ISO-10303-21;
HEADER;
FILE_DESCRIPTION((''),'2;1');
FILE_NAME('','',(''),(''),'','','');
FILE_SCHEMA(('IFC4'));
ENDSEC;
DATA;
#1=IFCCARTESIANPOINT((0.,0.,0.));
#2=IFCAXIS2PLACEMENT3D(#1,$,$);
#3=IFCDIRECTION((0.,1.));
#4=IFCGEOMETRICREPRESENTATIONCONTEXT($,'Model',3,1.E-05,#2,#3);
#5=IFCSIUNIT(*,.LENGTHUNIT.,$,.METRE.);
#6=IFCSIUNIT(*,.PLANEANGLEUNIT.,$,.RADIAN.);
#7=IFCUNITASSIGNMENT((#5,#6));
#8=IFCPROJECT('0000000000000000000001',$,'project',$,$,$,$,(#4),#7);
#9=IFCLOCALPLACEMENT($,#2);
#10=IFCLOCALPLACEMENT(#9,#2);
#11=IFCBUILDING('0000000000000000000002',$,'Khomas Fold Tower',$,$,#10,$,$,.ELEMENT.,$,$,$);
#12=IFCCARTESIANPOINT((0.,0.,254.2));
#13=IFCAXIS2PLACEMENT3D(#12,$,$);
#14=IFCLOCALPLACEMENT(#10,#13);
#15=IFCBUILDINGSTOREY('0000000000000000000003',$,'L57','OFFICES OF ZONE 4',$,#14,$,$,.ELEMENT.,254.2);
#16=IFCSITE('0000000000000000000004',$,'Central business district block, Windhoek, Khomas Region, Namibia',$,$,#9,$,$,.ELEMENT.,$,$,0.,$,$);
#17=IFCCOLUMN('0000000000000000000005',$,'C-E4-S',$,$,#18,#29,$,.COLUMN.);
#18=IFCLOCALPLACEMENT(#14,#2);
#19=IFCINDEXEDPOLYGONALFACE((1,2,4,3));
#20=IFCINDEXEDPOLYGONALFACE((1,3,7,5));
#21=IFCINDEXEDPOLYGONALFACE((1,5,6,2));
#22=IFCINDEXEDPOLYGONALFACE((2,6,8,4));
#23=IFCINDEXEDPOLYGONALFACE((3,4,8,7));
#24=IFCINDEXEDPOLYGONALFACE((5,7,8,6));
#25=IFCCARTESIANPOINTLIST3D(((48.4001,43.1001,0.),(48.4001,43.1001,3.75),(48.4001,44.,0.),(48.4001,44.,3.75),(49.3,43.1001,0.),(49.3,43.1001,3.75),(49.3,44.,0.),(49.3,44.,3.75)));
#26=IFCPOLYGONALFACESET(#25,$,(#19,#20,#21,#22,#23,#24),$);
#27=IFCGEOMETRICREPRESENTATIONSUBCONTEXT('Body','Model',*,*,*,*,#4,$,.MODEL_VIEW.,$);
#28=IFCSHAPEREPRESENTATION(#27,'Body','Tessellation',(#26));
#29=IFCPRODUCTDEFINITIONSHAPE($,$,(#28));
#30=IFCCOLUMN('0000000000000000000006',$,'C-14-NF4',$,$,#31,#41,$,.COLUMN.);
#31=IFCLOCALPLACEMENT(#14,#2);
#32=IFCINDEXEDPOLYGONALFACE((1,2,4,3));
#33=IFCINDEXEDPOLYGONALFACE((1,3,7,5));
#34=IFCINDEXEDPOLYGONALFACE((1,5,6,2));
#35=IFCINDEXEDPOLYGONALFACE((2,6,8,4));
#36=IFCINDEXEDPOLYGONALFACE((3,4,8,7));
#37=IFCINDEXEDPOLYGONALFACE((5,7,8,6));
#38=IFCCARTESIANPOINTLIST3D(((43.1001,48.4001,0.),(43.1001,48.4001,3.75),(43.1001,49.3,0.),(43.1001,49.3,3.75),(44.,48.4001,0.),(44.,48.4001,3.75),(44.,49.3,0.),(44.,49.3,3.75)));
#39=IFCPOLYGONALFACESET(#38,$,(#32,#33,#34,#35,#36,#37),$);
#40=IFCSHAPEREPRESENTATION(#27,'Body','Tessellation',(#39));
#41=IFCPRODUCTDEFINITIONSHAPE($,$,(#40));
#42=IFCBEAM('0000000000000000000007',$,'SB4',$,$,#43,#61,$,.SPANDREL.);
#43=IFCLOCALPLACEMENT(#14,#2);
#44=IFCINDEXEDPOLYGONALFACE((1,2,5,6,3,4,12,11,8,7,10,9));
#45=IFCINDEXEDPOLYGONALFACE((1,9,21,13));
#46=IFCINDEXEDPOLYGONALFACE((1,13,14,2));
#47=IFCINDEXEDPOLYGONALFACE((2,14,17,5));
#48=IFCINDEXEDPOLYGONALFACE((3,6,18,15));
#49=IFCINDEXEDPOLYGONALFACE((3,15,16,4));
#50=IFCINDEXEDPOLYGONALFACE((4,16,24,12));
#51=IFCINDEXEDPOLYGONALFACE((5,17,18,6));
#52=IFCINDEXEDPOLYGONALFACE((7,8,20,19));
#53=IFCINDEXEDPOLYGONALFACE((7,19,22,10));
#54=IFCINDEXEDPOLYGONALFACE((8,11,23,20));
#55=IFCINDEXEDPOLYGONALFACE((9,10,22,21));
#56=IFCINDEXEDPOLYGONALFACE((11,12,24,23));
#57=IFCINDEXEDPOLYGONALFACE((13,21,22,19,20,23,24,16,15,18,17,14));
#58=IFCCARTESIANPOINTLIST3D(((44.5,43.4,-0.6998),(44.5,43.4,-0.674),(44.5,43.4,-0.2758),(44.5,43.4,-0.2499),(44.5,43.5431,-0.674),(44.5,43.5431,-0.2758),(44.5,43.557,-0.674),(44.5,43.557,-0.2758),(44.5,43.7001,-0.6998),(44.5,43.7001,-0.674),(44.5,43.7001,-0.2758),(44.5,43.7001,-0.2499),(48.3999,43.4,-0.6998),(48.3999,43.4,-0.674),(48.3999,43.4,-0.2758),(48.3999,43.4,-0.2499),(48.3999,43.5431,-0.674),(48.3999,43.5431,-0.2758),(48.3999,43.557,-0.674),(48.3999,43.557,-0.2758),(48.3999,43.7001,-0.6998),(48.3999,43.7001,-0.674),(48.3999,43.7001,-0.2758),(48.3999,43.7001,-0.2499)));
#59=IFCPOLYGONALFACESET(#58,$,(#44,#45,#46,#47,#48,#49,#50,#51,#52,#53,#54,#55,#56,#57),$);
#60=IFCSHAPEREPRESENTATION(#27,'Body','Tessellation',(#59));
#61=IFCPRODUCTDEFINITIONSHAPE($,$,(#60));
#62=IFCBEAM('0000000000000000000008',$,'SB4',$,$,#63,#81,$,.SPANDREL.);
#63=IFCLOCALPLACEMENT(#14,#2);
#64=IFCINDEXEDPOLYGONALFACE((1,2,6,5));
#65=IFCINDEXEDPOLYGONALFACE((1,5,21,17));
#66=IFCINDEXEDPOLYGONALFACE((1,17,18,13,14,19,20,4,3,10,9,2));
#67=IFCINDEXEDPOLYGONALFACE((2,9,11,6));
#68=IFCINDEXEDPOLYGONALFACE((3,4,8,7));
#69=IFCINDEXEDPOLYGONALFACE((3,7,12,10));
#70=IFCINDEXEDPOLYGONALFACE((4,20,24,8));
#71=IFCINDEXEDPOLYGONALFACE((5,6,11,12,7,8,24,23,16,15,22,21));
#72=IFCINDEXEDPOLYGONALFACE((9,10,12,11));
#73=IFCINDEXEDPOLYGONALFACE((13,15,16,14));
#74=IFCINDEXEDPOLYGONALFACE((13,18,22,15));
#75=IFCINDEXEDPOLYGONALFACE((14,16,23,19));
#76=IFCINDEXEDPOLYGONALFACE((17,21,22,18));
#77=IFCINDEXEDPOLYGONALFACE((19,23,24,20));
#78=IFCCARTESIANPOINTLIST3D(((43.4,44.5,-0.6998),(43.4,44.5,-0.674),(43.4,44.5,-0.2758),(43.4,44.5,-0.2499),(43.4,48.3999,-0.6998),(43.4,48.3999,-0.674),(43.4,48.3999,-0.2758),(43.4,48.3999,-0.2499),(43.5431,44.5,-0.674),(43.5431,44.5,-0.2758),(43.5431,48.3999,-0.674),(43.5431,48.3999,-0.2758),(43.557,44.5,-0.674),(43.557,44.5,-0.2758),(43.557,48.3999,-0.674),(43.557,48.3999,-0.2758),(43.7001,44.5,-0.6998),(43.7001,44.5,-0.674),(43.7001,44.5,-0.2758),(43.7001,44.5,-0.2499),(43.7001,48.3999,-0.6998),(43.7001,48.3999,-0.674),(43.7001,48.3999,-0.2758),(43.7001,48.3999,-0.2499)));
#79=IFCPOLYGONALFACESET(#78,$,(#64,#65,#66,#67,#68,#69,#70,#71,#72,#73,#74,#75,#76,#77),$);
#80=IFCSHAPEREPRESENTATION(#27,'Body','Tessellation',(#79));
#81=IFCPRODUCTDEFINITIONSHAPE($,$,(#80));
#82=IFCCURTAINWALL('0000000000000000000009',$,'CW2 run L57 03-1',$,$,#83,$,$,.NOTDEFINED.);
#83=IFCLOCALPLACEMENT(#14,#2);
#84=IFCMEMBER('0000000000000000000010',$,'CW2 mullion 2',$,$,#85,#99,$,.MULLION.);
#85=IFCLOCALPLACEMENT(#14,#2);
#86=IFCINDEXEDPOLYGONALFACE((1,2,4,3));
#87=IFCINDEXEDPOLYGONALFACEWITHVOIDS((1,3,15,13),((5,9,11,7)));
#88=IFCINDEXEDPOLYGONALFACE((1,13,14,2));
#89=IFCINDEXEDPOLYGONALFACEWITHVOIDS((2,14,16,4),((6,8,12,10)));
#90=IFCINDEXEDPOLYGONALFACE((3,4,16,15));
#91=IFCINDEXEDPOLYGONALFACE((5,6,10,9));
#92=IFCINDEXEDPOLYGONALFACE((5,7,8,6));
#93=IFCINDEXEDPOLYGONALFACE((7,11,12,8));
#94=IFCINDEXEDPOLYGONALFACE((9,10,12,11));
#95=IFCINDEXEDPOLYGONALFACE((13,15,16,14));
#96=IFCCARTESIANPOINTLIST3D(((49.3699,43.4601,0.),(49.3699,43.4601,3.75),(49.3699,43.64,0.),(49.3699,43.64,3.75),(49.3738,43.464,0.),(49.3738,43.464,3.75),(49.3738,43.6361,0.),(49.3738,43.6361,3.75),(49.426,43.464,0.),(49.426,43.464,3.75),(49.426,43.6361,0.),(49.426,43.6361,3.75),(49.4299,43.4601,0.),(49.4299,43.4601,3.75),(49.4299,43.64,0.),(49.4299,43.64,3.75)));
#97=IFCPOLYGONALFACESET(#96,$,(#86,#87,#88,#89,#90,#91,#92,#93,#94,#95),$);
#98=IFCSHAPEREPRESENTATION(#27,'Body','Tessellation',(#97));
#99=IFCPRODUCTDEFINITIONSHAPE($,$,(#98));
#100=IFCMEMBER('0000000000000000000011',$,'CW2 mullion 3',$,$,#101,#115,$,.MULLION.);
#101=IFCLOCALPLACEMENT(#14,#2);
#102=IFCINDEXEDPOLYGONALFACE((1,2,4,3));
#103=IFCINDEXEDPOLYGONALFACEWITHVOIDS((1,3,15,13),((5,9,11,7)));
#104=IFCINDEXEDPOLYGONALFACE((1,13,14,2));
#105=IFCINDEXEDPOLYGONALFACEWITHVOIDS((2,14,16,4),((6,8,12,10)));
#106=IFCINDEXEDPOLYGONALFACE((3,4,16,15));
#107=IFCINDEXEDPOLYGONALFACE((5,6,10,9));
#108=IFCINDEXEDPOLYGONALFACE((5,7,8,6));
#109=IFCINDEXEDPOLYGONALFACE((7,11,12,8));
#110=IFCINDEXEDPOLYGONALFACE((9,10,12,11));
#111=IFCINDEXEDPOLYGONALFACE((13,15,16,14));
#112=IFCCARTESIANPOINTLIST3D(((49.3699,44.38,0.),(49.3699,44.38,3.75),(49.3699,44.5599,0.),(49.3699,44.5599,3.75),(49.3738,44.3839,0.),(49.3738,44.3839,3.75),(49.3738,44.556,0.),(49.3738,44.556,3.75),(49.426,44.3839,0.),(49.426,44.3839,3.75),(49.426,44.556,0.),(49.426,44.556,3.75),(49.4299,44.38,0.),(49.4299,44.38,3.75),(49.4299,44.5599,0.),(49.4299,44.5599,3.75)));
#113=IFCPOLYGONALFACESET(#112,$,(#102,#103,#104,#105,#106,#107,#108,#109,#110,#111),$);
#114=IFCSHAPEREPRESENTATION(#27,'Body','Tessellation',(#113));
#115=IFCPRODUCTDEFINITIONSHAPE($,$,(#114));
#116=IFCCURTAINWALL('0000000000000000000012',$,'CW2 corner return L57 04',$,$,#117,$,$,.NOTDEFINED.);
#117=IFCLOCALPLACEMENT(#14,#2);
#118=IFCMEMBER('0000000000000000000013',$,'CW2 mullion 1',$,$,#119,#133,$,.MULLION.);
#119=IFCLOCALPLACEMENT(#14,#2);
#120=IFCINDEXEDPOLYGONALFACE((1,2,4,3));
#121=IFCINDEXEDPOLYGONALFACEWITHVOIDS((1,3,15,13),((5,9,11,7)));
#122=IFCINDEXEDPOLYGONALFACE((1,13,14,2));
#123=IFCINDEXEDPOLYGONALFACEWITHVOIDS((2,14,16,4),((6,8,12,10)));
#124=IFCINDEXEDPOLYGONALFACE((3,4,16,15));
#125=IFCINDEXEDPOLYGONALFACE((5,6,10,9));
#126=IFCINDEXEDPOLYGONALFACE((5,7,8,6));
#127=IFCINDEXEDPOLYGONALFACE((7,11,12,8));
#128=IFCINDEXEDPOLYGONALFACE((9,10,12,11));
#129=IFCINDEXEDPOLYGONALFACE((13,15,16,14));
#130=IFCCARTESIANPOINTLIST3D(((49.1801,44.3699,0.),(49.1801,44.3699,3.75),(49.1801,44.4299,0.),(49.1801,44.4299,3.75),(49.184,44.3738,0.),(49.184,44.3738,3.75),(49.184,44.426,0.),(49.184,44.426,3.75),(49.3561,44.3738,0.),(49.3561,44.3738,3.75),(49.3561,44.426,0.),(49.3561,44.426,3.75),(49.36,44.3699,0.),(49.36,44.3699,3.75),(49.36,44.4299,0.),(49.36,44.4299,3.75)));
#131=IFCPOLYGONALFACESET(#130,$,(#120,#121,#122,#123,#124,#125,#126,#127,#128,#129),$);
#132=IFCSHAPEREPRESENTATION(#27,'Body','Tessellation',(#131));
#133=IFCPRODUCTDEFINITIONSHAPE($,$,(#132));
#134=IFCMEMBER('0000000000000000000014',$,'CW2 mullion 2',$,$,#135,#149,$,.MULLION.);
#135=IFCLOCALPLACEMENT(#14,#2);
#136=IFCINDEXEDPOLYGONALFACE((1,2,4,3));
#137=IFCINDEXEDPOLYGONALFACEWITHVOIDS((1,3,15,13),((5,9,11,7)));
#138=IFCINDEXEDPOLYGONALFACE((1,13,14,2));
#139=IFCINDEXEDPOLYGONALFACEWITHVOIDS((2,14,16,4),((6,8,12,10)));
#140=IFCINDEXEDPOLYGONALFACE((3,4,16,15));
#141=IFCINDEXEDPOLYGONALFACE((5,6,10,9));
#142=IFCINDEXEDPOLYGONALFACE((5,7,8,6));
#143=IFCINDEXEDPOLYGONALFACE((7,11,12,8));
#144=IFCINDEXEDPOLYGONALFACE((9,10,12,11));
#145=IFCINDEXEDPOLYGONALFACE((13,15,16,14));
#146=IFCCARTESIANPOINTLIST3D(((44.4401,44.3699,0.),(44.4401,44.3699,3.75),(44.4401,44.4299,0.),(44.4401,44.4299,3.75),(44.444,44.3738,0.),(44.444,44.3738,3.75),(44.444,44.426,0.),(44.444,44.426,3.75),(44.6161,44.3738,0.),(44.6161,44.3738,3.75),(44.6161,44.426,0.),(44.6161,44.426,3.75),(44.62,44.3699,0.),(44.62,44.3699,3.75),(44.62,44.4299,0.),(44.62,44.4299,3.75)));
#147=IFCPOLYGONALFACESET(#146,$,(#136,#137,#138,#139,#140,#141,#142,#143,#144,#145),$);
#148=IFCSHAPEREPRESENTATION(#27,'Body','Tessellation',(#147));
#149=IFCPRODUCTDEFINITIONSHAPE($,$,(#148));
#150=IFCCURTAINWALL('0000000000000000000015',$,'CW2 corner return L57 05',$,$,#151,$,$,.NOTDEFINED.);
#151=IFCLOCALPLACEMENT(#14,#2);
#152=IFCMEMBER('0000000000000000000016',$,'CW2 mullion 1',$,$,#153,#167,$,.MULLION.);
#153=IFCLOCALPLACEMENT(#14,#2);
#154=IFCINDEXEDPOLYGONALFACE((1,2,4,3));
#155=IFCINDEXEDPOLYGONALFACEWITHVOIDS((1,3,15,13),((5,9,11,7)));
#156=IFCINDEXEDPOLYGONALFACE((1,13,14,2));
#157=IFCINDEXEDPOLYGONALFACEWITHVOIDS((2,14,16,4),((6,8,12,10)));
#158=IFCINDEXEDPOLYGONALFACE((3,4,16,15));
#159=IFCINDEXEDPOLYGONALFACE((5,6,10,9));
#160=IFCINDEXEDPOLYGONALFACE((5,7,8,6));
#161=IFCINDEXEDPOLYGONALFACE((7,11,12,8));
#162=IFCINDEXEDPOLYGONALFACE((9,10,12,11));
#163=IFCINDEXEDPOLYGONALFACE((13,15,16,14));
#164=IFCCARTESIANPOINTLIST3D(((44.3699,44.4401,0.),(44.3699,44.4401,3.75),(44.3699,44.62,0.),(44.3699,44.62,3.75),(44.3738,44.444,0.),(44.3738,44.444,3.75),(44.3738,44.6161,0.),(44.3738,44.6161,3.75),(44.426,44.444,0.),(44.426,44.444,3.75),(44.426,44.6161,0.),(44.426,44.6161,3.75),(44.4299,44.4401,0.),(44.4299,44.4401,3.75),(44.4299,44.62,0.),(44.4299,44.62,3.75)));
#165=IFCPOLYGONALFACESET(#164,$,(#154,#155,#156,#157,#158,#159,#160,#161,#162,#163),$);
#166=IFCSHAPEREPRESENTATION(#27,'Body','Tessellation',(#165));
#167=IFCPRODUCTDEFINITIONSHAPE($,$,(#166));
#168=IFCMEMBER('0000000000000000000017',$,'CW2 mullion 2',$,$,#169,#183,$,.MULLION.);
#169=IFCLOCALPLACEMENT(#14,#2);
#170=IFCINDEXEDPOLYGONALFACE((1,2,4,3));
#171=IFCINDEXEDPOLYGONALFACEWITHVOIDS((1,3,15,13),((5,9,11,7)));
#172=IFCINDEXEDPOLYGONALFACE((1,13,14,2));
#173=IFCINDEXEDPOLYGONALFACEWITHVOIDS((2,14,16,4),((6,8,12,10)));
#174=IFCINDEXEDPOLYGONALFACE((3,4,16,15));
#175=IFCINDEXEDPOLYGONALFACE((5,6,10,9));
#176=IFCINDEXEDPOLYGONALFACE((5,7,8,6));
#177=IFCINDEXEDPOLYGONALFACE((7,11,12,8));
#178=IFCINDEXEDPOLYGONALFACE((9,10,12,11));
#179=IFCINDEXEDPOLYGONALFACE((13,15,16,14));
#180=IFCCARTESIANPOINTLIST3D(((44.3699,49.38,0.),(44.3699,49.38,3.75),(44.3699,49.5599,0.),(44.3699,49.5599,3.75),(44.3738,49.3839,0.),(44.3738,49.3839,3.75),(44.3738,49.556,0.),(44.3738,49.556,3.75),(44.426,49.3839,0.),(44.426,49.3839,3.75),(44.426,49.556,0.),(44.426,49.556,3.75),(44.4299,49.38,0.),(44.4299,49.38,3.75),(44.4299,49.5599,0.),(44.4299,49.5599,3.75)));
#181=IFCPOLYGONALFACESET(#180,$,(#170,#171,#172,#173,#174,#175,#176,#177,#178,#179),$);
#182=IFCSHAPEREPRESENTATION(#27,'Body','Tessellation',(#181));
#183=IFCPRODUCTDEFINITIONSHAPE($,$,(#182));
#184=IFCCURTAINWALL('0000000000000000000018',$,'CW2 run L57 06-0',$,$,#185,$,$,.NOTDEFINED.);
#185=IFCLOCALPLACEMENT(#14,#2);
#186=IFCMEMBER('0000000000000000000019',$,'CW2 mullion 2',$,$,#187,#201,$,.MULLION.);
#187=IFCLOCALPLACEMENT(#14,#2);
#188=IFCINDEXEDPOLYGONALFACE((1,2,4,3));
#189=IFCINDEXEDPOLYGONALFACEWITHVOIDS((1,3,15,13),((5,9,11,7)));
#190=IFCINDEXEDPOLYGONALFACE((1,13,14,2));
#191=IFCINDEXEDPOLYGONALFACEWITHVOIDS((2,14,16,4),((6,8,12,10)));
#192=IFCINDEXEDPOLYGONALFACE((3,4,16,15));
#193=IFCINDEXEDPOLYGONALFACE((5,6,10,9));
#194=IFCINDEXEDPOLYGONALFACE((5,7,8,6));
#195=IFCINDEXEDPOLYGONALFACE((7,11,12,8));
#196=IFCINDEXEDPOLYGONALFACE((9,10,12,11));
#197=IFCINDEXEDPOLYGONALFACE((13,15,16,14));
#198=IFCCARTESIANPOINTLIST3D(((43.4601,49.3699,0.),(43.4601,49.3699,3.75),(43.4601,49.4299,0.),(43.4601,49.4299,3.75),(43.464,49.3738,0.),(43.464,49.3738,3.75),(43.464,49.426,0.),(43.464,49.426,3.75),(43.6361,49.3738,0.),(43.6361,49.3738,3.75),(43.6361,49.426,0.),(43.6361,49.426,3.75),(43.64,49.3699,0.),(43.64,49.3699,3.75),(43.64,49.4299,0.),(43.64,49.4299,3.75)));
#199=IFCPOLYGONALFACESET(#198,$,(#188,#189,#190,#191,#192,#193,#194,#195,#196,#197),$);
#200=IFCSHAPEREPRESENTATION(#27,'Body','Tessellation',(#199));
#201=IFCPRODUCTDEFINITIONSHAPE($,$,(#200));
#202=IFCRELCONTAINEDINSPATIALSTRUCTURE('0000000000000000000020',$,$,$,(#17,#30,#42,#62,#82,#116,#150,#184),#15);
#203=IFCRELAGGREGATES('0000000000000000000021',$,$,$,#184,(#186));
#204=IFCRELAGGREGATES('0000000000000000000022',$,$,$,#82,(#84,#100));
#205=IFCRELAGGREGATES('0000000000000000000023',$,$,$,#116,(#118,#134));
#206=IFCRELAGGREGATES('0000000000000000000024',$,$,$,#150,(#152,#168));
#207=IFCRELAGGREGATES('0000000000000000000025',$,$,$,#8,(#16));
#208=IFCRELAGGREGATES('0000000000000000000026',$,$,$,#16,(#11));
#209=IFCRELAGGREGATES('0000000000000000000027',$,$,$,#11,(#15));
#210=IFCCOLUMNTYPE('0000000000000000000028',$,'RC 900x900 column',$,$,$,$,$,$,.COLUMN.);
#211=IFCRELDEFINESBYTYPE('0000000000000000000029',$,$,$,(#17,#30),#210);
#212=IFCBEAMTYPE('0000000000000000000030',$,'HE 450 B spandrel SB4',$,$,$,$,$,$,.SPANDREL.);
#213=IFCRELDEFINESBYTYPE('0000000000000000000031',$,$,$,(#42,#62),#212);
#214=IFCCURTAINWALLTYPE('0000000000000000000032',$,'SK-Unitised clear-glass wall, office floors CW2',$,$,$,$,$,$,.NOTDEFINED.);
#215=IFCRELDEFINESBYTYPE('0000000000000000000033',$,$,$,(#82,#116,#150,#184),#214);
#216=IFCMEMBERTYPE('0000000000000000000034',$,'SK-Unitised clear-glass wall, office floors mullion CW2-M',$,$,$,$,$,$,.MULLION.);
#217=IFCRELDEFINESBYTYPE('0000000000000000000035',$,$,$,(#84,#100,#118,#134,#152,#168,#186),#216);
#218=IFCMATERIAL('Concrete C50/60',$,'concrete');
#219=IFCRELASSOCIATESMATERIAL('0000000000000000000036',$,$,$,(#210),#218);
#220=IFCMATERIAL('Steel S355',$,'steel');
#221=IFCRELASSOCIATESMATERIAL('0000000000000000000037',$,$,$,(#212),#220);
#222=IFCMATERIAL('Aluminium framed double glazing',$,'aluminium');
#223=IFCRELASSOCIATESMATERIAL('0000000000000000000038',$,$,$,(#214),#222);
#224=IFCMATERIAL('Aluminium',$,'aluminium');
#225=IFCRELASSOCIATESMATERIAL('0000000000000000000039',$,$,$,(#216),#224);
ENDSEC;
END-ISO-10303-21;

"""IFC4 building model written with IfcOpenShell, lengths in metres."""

from ifc_helpers import new_model, si_unit, direction, frame, origin, origin_2d, place, context, subcontext, project, spatial, rectangle, hollow_rectangle, i_section, extrude, source, transform, mapped, material, material_profile, profile_set, type_object, element, aggregate, save


model = new_model("IFC4")

# Units and contexts
model_context = context("Model", 3, precision=1e-05, world=origin(), true_north=direction((0.0, 1.0)))
body_context = subcontext(model_context, "Body", "Model", "MODEL_VIEW")
ifc_project = project(units=[si_unit("LENGTHUNIT", "METRE"), si_unit("PLANEANGLEUNIT", "RADIAN")], contexts=[model_context])

# Site, building, storey
site_placement = place(None, origin())
site = spatial("IfcSite", under=ifc_project, at=site_placement, Name="Central business district block, Windhoek, Khomas Region, Namibia", CompositionType="ELEMENT", RefElevation=0.0)
building_placement = place(site_placement, origin())
building = spatial("IfcBuilding", under=site, at=building_placement, Name="Khomas Fold Tower", CompositionType="ELEMENT")
storey_placement = place(building_placement, frame((0.0, 0.0, 254.2)))
storey = spatial("IfcBuildingStorey", under=building, at=storey_placement, Name="L57", Description="OFFICES OF ZONE 4", CompositionType="ELEMENT", Elevation=254.2)

# Columns
ifc_material_1 = material(Name="Concrete C50/60", Category="concrete")
ifc_material_profile_1 = material_profile(ifc_material_1, rectangle(XDim=0.8999, YDim=0.8999, at=origin_2d()), Name="RC 900x900")
ifc_profile_set_1 = profile_set([ifc_material_profile_1], Name="Concrete C50/60")
column_type = type_object("IfcColumnType", Name="RC 900x900 column", PredefinedType="COLUMN", material=ifc_profile_set_1)
shared_shape_1 = source(origin(), body_context, "Body", "SweptSolid", [
    extrude(rectangle(XDim=0.8999, YDim=0.8999, at=origin_2d()), origin(), (0.0, 0.0, 1.0), 3.75),
])
for number, where, z_axis, x_axis, name in (
    (1, (48.8501, 43.55, 0.0), (0.0, 0.0, 1.0), (1.0, 0.0, 0.0), "C-E4-S"),
    (2, (43.55, 48.8501, 0.0), (0.0, 0.0, 1.0), (1.0, 0.0, 0.0), "C-14-NF4"),
):
    element("IfcColumn", number, at=place(storey_placement, frame(where, z_axis=z_axis, x_axis=x_axis)), inside=storey, type_object=column_type, Name=name, PredefinedType="COLUMN", context=body_context, shape_type="MappedRepresentation", body=[
        mapped(shared_shape_1, transform((0.0, 0.0, 0.0))),
    ])

# Beams
ifc_material_2 = material(Name="Steel S355", Category="steel")
ifc_material_profile_2 = material_profile(ifc_material_2, i_section(OverallWidth=0.3, OverallDepth=0.45, WebThickness=0.0139, FlangeThickness=0.0259, at=origin_2d()), Name="HE 450 B")
ifc_profile_set_2 = profile_set([ifc_material_profile_2], Name="Steel S355")
beam_type = type_object("IfcBeamType", Name="HE 450 B spandrel SB4", PredefinedType="SPANDREL", material=ifc_profile_set_2)
shared_shape_2 = source(origin(), body_context, "Body", "SweptSolid", [
    extrude(i_section(OverallWidth=0.3, OverallDepth=0.45, WebThickness=0.0139, FlangeThickness=0.0259, at=origin_2d()), origin(), (0.0, 0.0, 1.0), 3.8999),
])
for number, where, z_axis, x_axis, name in (
    (3, (44.5, 43.55, -0.4749), (1.0, 0.0, 0.0), (0.0, 1.0, 0.0), "SB4"),
    (4, (43.55, 44.5, -0.4749), (0.0, 1.0, 0.0), (-1.0, 0.0, 0.0), "SB4"),
):
    element("IfcBeam", number, at=place(storey_placement, frame(where, z_axis=z_axis, x_axis=x_axis)), inside=storey, type_object=beam_type, Name=name, PredefinedType="SPANDREL", context=body_context, shape_type="MappedRepresentation", body=[
        mapped(shared_shape_2, transform((0.0, 0.0, 0.0))),
    ])

# Curtain walls, members
ifc_material_3 = material(Name="Aluminium framed double glazing", Category="aluminium")
curtain_wall_type = type_object("IfcCurtainWallType", Name="SK-Unitised clear-glass wall, office floors CW2", PredefinedType="NOTDEFINED", material=ifc_material_3)
curtain_wall_1_placement = place(storey_placement, origin())
curtain_wall_1 = element("IfcCurtainWall", 5, at=curtain_wall_1_placement, inside=storey, type_object=curtain_wall_type, Name="CW2 run L57 03-1", PredefinedType="NOTDEFINED")
ifc_material_4 = material(Name="Aluminium", Category="aluminium")
ifc_material_profile_3 = material_profile(ifc_material_4, hollow_rectangle(XDim=0.0601, YDim=0.1799, WallThickness=0.0039, at=origin_2d()), Name="SK-Unitised clear-glass wall, office floors mullion CW2-M")
ifc_profile_set_3 = profile_set([ifc_material_profile_3], Name="Aluminium")
member_type_1 = type_object("IfcMemberType", Name="SK-Unitised clear-glass wall, office floors mullion CW2-M", PredefinedType="MULLION", material=ifc_profile_set_3)
shared_shape_3 = source(origin(), body_context, "Body", "SweptSolid", [
    extrude(hollow_rectangle(XDim=0.0601, YDim=0.1799, WallThickness=0.0039, at=origin_2d()), origin(), (0.0, 0.0, 1.0), 3.75),
])
member_1_placement = place(storey_placement, frame((49.3999, 43.55, 0.0), z_axis=(0.0, 0.0, 1.0), x_axis=(-1.0, 0.0, 0.0)))
member_1 = element("IfcMember", 6, at=member_1_placement, type_object=member_type_1, Name="CW2 mullion 2", PredefinedType="MULLION", context=body_context, shape_type="MappedRepresentation", body=[
    mapped(shared_shape_3, transform((0.0, 0.0, 0.0))),
])
member_2_placement = place(storey_placement, frame((49.3999, 44.47, 0.0), z_axis=(0.0, 0.0, 1.0), x_axis=(-1.0, 0.0, 0.0)))
member_2 = element("IfcMember", 7, at=member_2_placement, type_object=member_type_1, Name="CW2 mullion 3", PredefinedType="MULLION", context=body_context, shape_type="MappedRepresentation", body=[
    mapped(shared_shape_3, transform((0.0, 0.0, 0.0))),
])
curtain_wall_2_placement = place(storey_placement, origin())
curtain_wall_2 = element("IfcCurtainWall", 8, at=curtain_wall_2_placement, inside=storey, type_object=curtain_wall_type, Name="CW2 corner return L57 04", PredefinedType="NOTDEFINED")
member_3_placement = place(storey_placement, frame((49.27, 44.3999, 0.0), z_axis=(0.0, 0.0, 1.0), x_axis=(0.0, -1.0, 0.0)))
member_3 = element("IfcMember", 9, at=member_3_placement, type_object=member_type_1, Name="CW2 mullion 1", PredefinedType="MULLION", context=body_context, shape_type="MappedRepresentation", body=[
    mapped(shared_shape_3, transform((0.0, 0.0, 0.0))),
])
member_4_placement = place(storey_placement, frame((44.53, 44.3999, 0.0), z_axis=(0.0, 0.0, 1.0), x_axis=(0.0, -1.0, 0.0)))
member_4 = element("IfcMember", 10, at=member_4_placement, type_object=member_type_1, Name="CW2 mullion 2", PredefinedType="MULLION", context=body_context, shape_type="MappedRepresentation", body=[
    mapped(shared_shape_3, transform((0.0, 0.0, 0.0))),
])
curtain_wall_3_placement = place(storey_placement, origin())
curtain_wall_3 = element("IfcCurtainWall", 11, at=curtain_wall_3_placement, inside=storey, type_object=curtain_wall_type, Name="CW2 corner return L57 05", PredefinedType="NOTDEFINED")
member_5_placement = place(storey_placement, frame((44.3999, 44.53, 0.0), z_axis=(0.0, 0.0, 1.0), x_axis=(-1.0, 0.0, 0.0)))
member_5 = element("IfcMember", 12, at=member_5_placement, type_object=member_type_1, Name="CW2 mullion 1", PredefinedType="MULLION", context=body_context, shape_type="MappedRepresentation", body=[
    mapped(shared_shape_3, transform((0.0, 0.0, 0.0))),
])
member_6_placement = place(storey_placement, frame((44.3999, 49.47, 0.0), z_axis=(0.0, 0.0, 1.0), x_axis=(-1.0, 0.0, 0.0)))
member_6 = element("IfcMember", 13, at=member_6_placement, type_object=member_type_1, Name="CW2 mullion 2", PredefinedType="MULLION", context=body_context, shape_type="MappedRepresentation", body=[
    mapped(shared_shape_3, transform((0.0, 0.0, 0.0))),
])
curtain_wall_4_placement = place(storey_placement, origin())
curtain_wall_4 = element("IfcCurtainWall", 14, at=curtain_wall_4_placement, inside=storey, type_object=curtain_wall_type, Name="CW2 run L57 06-0", PredefinedType="NOTDEFINED")
member_7_placement = place(storey_placement, frame((43.55, 49.3999, 0.0), z_axis=(0.0, 0.0, 1.0), x_axis=(0.0, -1.0, 0.0)))
member_7 = element("IfcMember", 15, at=member_7_placement, type_object=member_type_1, Name="CW2 mullion 2", PredefinedType="MULLION", context=body_context, shape_type="MappedRepresentation", body=[
    mapped(shared_shape_3, transform((0.0, 0.0, 0.0))),
])

aggregate(curtain_wall_4, [member_7])
aggregate(curtain_wall_1, [member_1, member_2])
aggregate(curtain_wall_2, [member_3, member_4])
aggregate(curtain_wall_3, [member_5, member_6])

save(model, "model.ifc")
